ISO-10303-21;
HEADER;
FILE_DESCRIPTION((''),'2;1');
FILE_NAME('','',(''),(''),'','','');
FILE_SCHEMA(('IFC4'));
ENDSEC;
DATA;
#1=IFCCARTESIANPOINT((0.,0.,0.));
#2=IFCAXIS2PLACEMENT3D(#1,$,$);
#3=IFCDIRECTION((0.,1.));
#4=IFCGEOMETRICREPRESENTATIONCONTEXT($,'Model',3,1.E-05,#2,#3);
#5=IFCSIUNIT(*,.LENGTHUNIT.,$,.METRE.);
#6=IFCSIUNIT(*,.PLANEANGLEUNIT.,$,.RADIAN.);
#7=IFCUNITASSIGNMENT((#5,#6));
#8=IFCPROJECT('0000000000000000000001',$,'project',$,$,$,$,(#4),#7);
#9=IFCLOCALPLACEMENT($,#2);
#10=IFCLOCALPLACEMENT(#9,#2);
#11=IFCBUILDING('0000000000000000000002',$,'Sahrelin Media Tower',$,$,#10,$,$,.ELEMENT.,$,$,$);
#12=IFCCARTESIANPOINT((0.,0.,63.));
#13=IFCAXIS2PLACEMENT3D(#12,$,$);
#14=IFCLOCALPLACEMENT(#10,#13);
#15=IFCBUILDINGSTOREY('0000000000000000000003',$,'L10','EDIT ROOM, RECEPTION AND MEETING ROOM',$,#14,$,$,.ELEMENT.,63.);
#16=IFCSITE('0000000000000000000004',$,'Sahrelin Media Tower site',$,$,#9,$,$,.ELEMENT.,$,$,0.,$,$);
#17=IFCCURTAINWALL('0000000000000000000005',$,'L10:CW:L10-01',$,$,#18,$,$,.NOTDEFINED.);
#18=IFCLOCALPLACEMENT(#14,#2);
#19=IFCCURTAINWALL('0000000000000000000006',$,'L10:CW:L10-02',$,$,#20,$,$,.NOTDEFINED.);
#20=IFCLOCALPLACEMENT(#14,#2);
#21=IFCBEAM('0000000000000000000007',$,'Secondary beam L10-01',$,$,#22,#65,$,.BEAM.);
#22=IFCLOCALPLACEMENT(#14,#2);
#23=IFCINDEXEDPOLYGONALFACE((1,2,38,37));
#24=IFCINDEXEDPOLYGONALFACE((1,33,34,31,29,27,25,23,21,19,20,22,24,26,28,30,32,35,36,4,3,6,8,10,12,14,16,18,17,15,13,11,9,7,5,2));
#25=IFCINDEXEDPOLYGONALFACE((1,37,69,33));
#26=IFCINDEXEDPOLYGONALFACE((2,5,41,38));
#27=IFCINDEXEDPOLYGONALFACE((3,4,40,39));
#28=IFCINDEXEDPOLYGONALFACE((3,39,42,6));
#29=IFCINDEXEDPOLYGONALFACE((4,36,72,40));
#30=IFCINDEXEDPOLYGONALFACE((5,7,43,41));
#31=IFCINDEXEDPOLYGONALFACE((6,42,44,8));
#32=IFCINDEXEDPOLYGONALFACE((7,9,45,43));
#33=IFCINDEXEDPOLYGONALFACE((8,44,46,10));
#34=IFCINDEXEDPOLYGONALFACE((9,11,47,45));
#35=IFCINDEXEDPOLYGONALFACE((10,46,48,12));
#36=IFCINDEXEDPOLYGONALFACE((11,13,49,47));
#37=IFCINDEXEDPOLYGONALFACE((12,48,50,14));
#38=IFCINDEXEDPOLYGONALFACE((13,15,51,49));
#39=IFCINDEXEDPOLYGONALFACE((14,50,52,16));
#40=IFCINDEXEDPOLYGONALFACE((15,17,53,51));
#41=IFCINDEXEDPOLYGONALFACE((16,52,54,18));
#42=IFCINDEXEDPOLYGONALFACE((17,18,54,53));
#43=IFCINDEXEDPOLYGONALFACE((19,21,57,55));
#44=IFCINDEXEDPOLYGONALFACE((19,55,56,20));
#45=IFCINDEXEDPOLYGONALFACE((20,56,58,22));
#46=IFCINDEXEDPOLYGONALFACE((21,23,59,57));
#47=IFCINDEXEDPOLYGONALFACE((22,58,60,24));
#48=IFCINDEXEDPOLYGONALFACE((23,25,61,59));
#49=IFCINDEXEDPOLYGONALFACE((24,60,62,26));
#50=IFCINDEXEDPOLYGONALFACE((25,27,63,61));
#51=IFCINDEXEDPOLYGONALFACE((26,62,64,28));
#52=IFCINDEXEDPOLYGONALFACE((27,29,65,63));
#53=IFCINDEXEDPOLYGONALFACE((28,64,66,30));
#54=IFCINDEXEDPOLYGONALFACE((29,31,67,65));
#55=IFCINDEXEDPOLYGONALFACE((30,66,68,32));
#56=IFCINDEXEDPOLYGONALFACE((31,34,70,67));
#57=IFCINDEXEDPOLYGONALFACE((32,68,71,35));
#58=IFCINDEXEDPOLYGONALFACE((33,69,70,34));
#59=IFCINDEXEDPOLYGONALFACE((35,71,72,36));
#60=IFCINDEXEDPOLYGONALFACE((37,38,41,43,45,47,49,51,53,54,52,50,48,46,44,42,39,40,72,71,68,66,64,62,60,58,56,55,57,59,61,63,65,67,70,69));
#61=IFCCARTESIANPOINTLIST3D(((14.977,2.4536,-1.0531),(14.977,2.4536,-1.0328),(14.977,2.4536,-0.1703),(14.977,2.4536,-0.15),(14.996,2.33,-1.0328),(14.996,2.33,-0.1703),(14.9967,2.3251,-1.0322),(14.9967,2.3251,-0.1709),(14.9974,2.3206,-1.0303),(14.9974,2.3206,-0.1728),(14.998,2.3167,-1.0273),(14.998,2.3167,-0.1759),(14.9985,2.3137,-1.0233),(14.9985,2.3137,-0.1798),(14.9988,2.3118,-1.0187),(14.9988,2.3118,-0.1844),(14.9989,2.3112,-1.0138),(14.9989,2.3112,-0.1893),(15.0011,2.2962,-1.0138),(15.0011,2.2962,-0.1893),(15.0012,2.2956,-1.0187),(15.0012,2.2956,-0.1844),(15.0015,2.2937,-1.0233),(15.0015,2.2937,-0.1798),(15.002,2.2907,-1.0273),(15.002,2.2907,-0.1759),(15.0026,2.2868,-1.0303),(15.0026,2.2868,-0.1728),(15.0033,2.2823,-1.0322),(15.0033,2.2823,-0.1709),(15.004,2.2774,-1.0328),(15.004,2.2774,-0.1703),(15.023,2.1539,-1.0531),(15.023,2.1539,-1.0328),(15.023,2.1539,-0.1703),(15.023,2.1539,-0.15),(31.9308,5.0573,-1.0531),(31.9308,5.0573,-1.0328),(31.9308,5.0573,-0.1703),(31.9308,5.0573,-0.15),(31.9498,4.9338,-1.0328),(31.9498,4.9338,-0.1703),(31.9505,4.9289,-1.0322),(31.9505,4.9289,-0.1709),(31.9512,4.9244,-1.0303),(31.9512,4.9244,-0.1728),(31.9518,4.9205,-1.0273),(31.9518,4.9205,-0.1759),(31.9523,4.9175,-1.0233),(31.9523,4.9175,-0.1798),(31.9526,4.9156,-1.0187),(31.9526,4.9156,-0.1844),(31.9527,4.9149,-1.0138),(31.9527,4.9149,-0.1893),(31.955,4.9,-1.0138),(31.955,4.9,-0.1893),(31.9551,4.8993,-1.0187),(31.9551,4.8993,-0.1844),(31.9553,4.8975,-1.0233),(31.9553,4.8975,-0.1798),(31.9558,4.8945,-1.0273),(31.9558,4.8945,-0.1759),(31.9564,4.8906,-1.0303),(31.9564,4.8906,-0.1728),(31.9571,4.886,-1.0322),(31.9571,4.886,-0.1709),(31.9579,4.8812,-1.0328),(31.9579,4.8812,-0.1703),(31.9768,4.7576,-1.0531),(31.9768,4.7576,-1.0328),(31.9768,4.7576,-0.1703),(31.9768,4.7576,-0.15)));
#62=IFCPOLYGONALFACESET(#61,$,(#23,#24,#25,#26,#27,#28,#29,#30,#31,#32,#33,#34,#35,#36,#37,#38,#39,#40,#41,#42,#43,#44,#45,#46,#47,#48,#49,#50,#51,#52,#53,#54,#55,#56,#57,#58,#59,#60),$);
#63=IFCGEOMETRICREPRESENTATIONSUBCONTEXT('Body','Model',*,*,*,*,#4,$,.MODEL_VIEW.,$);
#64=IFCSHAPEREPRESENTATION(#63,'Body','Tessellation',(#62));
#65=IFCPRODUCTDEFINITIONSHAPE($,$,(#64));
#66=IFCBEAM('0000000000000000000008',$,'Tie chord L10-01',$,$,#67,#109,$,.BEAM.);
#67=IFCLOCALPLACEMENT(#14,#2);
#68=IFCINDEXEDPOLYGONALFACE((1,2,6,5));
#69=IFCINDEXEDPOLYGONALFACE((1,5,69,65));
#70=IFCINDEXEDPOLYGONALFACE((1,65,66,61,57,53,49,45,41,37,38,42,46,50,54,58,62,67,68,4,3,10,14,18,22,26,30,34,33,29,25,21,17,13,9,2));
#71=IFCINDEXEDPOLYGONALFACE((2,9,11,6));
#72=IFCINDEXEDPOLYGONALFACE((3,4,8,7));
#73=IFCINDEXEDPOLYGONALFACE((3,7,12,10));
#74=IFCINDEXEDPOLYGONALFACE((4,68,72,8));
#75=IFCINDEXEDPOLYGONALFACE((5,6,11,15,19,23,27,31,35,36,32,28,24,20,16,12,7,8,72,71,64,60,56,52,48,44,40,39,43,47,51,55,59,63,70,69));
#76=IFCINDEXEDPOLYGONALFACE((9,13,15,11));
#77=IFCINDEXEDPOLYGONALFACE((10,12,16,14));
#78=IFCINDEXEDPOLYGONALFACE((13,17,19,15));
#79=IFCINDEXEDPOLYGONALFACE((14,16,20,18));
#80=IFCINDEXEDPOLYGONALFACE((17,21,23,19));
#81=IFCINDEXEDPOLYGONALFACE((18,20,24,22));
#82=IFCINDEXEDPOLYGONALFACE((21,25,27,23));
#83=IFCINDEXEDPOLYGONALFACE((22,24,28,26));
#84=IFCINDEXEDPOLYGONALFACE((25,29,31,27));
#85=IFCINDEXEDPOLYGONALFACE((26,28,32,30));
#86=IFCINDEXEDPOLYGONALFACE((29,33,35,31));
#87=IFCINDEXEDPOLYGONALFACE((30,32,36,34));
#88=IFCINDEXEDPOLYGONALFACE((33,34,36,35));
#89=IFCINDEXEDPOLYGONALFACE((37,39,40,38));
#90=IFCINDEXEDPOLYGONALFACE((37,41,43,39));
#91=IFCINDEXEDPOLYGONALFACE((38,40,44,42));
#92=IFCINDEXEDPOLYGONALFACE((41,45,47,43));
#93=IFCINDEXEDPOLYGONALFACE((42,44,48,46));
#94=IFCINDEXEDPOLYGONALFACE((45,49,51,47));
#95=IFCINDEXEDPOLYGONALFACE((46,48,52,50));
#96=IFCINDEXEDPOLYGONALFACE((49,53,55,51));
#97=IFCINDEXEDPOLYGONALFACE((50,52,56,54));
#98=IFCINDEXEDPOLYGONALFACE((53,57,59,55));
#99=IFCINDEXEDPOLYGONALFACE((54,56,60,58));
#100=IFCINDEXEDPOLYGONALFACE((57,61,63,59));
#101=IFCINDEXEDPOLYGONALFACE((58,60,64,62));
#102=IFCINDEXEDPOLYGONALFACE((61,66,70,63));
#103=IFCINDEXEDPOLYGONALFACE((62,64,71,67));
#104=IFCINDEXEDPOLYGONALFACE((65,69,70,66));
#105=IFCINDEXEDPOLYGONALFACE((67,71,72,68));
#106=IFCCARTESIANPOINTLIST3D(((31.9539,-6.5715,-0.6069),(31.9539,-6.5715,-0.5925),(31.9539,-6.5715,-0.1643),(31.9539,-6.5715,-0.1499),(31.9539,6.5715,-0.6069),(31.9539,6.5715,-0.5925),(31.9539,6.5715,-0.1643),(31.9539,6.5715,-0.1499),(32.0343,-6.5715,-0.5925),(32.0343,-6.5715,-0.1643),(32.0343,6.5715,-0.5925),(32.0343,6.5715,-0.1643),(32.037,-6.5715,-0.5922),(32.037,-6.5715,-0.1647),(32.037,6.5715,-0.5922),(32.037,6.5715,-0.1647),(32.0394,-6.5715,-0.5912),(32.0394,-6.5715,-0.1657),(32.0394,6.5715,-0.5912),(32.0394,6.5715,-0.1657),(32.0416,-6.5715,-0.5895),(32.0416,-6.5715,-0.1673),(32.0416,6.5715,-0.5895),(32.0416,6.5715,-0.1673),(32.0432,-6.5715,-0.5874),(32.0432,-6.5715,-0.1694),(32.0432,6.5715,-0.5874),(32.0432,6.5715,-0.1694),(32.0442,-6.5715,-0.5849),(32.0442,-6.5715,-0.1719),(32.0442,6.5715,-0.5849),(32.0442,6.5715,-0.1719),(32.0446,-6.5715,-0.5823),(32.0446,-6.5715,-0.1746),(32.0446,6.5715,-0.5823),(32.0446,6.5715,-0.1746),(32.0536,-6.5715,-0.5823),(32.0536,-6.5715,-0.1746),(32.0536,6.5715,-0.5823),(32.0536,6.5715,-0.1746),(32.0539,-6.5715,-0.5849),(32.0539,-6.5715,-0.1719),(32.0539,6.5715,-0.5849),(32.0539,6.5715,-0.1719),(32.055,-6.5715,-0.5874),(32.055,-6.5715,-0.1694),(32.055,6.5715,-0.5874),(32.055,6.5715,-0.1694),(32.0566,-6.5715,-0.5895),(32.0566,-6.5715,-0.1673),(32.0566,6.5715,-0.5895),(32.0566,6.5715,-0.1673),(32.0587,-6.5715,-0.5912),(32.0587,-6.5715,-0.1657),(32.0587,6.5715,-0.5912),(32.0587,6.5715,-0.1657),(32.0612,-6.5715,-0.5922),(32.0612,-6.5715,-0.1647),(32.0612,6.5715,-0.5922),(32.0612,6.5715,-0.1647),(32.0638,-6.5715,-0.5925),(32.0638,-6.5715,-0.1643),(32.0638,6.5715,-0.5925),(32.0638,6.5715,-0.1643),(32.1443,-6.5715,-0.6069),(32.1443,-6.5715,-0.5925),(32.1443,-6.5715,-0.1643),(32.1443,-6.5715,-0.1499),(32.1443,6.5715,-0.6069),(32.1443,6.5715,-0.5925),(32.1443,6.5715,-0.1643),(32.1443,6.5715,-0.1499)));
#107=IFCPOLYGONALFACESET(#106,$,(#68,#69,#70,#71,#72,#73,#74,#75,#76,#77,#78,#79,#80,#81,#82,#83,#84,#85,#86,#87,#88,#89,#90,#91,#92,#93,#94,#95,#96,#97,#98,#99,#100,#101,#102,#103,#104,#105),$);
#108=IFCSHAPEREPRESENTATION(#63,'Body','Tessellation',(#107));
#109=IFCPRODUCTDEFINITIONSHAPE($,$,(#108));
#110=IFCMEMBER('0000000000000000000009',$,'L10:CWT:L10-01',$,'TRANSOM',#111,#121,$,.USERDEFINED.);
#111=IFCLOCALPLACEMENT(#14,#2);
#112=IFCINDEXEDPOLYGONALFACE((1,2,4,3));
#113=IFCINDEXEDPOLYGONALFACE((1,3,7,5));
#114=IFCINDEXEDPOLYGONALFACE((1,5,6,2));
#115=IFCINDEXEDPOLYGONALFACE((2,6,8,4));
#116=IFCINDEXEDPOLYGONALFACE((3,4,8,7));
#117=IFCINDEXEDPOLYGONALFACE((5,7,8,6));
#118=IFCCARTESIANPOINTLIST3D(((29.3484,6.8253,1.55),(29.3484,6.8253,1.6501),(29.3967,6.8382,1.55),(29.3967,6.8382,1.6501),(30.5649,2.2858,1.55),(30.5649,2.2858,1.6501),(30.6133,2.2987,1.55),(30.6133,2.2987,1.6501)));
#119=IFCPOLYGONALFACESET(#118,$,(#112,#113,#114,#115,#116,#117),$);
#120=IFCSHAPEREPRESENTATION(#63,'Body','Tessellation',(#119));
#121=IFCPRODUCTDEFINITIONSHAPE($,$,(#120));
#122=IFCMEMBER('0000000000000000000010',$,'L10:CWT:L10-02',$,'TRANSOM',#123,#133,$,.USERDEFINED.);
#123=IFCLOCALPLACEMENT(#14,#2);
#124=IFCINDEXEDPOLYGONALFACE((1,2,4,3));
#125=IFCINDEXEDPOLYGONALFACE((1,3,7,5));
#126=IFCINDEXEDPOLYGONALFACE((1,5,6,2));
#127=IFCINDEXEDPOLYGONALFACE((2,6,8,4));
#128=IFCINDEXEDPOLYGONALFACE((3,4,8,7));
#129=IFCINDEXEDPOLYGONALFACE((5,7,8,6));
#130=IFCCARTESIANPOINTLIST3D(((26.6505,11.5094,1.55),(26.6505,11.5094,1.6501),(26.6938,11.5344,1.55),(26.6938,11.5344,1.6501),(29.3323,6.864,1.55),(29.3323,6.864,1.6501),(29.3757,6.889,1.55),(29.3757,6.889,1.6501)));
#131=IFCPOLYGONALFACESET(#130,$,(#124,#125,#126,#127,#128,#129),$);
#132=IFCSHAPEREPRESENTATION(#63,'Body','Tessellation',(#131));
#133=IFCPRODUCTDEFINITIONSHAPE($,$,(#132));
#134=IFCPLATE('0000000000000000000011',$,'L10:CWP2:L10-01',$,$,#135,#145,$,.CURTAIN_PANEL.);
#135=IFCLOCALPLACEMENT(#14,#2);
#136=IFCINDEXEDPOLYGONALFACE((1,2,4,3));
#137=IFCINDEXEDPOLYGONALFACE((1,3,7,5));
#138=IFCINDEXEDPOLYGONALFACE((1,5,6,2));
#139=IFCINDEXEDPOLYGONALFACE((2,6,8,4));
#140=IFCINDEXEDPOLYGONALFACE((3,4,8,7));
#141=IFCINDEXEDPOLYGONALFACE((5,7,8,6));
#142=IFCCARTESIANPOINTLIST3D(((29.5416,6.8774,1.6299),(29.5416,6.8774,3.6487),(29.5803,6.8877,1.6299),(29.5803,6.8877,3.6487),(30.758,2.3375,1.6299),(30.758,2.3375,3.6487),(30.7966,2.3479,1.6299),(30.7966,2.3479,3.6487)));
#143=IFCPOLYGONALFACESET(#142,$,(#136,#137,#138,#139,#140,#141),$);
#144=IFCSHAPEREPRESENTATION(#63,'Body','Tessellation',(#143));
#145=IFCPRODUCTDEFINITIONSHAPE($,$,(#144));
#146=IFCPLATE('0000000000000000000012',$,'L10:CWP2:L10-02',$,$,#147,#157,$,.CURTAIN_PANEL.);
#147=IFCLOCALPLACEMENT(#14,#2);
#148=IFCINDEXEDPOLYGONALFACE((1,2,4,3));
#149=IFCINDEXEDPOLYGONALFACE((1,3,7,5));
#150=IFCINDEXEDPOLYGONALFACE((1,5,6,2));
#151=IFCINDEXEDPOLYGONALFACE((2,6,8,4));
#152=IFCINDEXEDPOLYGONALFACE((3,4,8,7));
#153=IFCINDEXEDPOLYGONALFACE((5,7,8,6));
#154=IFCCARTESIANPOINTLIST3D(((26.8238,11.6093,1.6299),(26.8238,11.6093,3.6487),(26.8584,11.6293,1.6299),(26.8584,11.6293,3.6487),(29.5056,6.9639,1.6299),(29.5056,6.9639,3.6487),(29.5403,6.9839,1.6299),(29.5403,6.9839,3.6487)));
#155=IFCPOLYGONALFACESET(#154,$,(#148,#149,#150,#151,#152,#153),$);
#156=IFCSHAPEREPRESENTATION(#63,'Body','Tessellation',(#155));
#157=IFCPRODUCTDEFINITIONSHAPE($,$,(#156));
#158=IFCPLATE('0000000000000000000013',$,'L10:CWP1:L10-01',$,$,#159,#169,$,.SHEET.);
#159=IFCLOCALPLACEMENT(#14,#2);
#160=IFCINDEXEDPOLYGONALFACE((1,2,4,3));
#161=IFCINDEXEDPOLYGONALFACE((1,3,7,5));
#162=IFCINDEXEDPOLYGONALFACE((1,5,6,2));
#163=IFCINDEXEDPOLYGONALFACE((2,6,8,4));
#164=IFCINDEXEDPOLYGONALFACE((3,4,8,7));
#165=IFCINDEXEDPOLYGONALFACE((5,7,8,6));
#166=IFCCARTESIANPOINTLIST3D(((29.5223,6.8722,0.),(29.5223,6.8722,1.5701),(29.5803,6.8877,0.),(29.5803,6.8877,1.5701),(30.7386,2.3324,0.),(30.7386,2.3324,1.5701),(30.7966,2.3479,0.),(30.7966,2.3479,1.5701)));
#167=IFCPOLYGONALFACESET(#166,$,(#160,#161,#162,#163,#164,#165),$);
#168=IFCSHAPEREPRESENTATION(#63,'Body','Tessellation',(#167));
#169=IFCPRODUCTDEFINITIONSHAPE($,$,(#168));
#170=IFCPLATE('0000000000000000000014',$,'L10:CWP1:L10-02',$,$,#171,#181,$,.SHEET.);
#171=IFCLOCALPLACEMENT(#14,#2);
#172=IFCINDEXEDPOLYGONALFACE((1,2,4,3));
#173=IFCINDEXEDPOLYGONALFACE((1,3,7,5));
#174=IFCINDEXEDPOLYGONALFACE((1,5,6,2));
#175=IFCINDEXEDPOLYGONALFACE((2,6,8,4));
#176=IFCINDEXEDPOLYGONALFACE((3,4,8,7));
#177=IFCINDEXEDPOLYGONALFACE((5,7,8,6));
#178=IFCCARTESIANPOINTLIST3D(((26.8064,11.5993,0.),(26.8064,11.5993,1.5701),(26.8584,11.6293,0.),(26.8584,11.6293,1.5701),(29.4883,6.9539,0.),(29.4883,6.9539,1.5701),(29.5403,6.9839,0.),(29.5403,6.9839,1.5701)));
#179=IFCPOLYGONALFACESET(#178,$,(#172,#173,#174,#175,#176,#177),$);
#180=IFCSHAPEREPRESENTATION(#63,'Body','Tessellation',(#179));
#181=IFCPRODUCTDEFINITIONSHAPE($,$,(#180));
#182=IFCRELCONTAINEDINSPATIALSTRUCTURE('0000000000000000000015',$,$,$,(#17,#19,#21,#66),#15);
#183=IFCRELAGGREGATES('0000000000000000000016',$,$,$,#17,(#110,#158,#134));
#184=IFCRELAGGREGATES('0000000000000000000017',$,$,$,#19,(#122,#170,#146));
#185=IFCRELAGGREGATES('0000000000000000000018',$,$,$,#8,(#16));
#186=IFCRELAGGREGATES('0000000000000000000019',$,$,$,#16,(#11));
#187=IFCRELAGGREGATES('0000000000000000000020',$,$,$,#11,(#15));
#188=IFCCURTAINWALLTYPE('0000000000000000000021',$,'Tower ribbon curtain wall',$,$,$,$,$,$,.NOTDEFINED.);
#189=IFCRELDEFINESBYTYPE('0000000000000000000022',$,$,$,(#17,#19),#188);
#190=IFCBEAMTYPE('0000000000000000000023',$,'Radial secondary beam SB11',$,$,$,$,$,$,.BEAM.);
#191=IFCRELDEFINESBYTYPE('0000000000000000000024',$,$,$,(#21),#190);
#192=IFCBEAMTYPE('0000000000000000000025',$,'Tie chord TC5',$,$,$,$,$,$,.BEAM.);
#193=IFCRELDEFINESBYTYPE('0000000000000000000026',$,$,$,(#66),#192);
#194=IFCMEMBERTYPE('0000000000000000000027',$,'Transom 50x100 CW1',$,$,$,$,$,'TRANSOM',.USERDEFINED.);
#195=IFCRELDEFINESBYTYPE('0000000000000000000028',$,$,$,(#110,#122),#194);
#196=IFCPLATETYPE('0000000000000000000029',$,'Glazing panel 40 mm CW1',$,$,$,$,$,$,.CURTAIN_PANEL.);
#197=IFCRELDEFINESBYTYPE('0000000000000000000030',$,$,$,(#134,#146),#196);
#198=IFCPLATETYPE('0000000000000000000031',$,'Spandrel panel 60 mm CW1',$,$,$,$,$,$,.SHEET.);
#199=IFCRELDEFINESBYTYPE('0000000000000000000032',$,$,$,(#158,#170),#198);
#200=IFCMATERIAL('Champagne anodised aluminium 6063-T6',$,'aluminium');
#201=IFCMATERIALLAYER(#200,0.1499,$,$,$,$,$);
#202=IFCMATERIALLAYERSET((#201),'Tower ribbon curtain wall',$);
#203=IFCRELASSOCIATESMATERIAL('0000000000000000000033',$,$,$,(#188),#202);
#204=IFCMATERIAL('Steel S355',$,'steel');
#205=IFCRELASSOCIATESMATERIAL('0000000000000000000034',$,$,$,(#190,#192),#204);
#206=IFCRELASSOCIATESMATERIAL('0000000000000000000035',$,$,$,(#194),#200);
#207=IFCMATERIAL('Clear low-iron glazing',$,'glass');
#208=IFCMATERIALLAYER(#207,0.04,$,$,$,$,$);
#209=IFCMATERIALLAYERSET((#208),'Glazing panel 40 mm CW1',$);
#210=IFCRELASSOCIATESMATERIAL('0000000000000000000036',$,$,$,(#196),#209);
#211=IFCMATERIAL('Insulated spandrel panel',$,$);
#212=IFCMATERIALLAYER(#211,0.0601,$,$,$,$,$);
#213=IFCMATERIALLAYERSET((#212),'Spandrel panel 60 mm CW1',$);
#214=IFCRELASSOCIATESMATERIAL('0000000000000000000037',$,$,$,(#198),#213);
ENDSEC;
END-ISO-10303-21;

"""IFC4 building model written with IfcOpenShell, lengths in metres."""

from ifc_helpers import new_model, si_unit, direction, frame, origin, origin_2d, place, context, subcontext, project, spatial, polyline, rectangle, i_section, outline, extrude, material, layer, layer_set, material_profile, profile_set, type_object, element, aggregate, save


model = new_model("IFC4")

# Units and contexts
model_context = context("Model", 3, precision=1e-05, world=origin(), true_north=direction((0.0, 1.0)))
body_context = subcontext(model_context, "Body", "Model", "MODEL_VIEW")
ifc_project = project(units=[si_unit("LENGTHUNIT", "METRE"), si_unit("PLANEANGLEUNIT", "RADIAN")], contexts=[model_context])

# Site, building, storey
site_placement = place(None, origin())
site = spatial("IfcSite", under=ifc_project, at=site_placement, Name="Sahrelin Media Tower site", CompositionType="ELEMENT", RefElevation=0.0)
building_placement = place(site_placement, origin())
building = spatial("IfcBuilding", under=site, at=building_placement, Name="Sahrelin Media Tower", CompositionType="ELEMENT")
storey_placement = place(building_placement, frame((0.0, 0.0, 63.0)))
storey = spatial("IfcBuildingStorey", under=building, at=storey_placement, Name="L10", Description="EDIT ROOM, RECEPTION AND MEETING ROOM", CompositionType="ELEMENT", Elevation=63.0)

# Shared definitions
ifc_material_1 = material(Name="Steel S355", Category="steel")

# Curtain walls
ifc_material_2 = material(Name="Champagne anodised aluminium 6063-T6", Category="aluminium")
ifc_layer_1 = layer(ifc_material_2, 0.1499)
ifc_layer_set_1 = layer_set([ifc_layer_1], Name="Tower ribbon curtain wall")
curtain_wall_type = type_object("IfcCurtainWallType", Name="Tower ribbon curtain wall", PredefinedType="NOTDEFINED", material=ifc_layer_set_1)
curtain_wall_1_placement = place(storey_placement, frame((30.1692, 4.6125, 0.0), z_axis=(0.0, 0.0, 1.0), x_axis=(1.0, 0.0, 0.0)))
curtain_wall_1 = element("IfcCurtainWall", 1, at=curtain_wall_1_placement, inside=storey, type_object=curtain_wall_type, Name="L10:CW:L10-01", PredefinedType="NOTDEFINED")
curtain_wall_2_placement = place(storey_placement, frame((28.1819, 9.2966, 0.0), z_axis=(0.0, 0.0, 1.0), x_axis=(1.0, 0.0, 0.0)))
curtain_wall_2 = element("IfcCurtainWall", 2, at=curtain_wall_2_placement, inside=storey, type_object=curtain_wall_type, Name="L10:CW:L10-02", PredefinedType="NOTDEFINED")

# Beams
ifc_material_profile_1 = material_profile(ifc_material_1, i_section(OverallWidth=0.3032, OverallDepth=0.9031, WebThickness=0.0151, FlangeThickness=0.0203, FilletRadius=0.019, at=origin_2d()), Name="UB 914x305x201")
ifc_profile_set_1 = profile_set([ifc_material_profile_1], Name="Steel S355")
beam_type_1 = type_object("IfcBeamType", Name="Radial secondary beam SB11", PredefinedType="BEAM", material=ifc_profile_set_1)
beam_1_placement = place(storey_placement, frame((15.0, 2.3037, -0.6016), z_axis=(0.988411, 0.151799, 0.0), x_axis=(-0.151799, 0.988411, 0.0)))
element("IfcBeam", 3, at=beam_1_placement, inside=storey, type_object=beam_type_1, Name="Secondary beam L10-01", PredefinedType="BEAM", context=body_context, shape_type="SweptSolid", body=[
    extrude(i_section(OverallWidth=0.3032, OverallDepth=0.9031, WebThickness=0.0151, FlangeThickness=0.0203, FilletRadius=0.019, at=origin_2d()), origin(), (0.0, 0.0, 1.0), 17.1526),
])
ifc_material_profile_2 = material_profile(ifc_material_1, i_section(OverallWidth=0.1904, OverallDepth=0.457, WebThickness=0.009, FlangeThickness=0.0144, FilletRadius=0.0103, at=origin_2d()), Name="UB 457x191x74")
ifc_profile_set_2 = profile_set([ifc_material_profile_2], Name="Steel S355")
beam_type_2 = type_object("IfcBeamType", Name="Tie chord TC5", PredefinedType="BEAM", material=ifc_profile_set_2)
beam_2_placement = place(storey_placement, frame((32.0491, 6.5715, -0.3784), z_axis=(0.0, -1.0, 0.0), x_axis=(1.0, 0.0, 0.0)))
element("IfcBeam", 4, at=beam_2_placement, inside=storey, type_object=beam_type_2, Name="Tie chord L10-01", PredefinedType="BEAM", context=body_context, shape_type="SweptSolid", body=[
    extrude(i_section(OverallWidth=0.1904, OverallDepth=0.457, WebThickness=0.009, FlangeThickness=0.0144, FilletRadius=0.0103, at=origin_2d()), origin(), (0.0, 0.0, 1.0), 13.1431),
])

# Members
ifc_material_profile_3 = material_profile(ifc_material_2, rectangle(XDim=0.05, YDim=0.1001, at=origin_2d()), Name="Transom 50x100")
ifc_profile_set_3 = profile_set([ifc_material_profile_3], Name="Champagne anodised aluminium 6063-T6")
member_type_1 = type_object("IfcMemberType", Name="Transom 50x100 CW1", ElementType="TRANSOM", PredefinedType="USERDEFINED", material=ifc_profile_set_3)
member_1_placement = place(storey_placement, frame((30.5891, 2.2922, 1.6001), z_axis=(-0.258856, 0.965916, 0.0), x_axis=(-0.965916, -0.258856, 0.0)))
member_1 = element("IfcMember", 5, at=member_1_placement, type_object=member_type_1, Name="L10:CWT:L10-01", ObjectType="TRANSOM", PredefinedType="USERDEFINED", context=body_context, shape_type="SweptSolid", body=[
    extrude(rectangle(XDim=0.05, YDim=0.1001, at=origin_2d()), origin(), (0.0, 0.0, 1.0), 4.6997),
])
member_2_placement = place(storey_placement, frame((29.354, 6.8765, 1.6001), z_axis=(-0.499972, 0.866042, 0.0), x_axis=(-0.866042, -0.499972, 0.0)))
member_2 = element("IfcMember", 6, at=member_2_placement, type_object=member_type_1, Name="L10:CWT:L10-02", ObjectType="TRANSOM", PredefinedType="USERDEFINED", context=body_context, shape_type="SweptSolid", body=[
    extrude(rectangle(XDim=0.05, YDim=0.1001, at=origin_2d()), origin(), (0.0, 0.0, 1.0), 5.364),
])

# Plates
ifc_material_3 = material(Name="Clear low-iron glazing", Category="glass")
ifc_layer_2 = layer(ifc_material_3, 0.04)
ifc_layer_set_2 = layer_set([ifc_layer_2], Name="Glazing panel 40 mm CW1")
plate_type_1 = type_object("IfcPlateType", Name="Glazing panel 40 mm CW1", PredefinedType="CURTAIN_PANEL", material=ifc_layer_set_2)
plate_1_placement = place(storey_placement, frame((30.7966, 2.3479, 1.6299), z_axis=(0.965933, 0.258794, 0.0), x_axis=(-0.258794, 0.965933, 0.0)))
plate_1 = element("IfcPlate", 7, at=plate_1_placement, type_object=plate_type_1, Name="L10:CWP2:L10-01", PredefinedType="CURTAIN_PANEL", context=body_context, shape_type="SweptSolid", body=[
    extrude(outline(polyline([(0.0, 0.0), (4.7, 0.0), (4.7, 2.0188), (0.0, 2.0188), (0.0, 0.0)])), origin(), (0.0, 0.0, -1.0), 0.04),
])
plate_2_placement = place(storey_placement, frame((29.5403, 6.9839, 1.6299), z_axis=(0.866042, 0.499972, 0.0), x_axis=(-0.499972, 0.866042, 0.0)))
plate_2 = element("IfcPlate", 8, at=plate_2_placement, type_object=plate_type_1, Name="L10:CWP2:L10-02", PredefinedType="CURTAIN_PANEL", context=body_context, shape_type="SweptSolid", body=[
    extrude(outline(polyline([(0.0, 0.0), (5.364, 0.0), (5.364, 2.0188), (0.0, 2.0188), (0.0, 0.0)])), origin(), (0.0, 0.0, -1.0), 0.04),
])
ifc_material_4 = material(Name="Insulated spandrel panel")
ifc_layer_3 = layer(ifc_material_4, 0.0601)
ifc_layer_set_3 = layer_set([ifc_layer_3], Name="Spandrel panel 60 mm CW1")
plate_type_2 = type_object("IfcPlateType", Name="Spandrel panel 60 mm CW1", PredefinedType="SHEET", material=ifc_layer_set_3)
plate_3_placement = place(storey_placement, frame((30.7966, 2.3479, 0.0), z_axis=(0.965933, 0.258794, 0.0), x_axis=(-0.258794, 0.965933, 0.0)))
plate_3 = element("IfcPlate", 9, at=plate_3_placement, type_object=plate_type_2, Name="L10:CWP1:L10-01", PredefinedType="SHEET", context=body_context, shape_type="SweptSolid", body=[
    extrude(outline(polyline([(0.0, 0.0), (4.7, 0.0), (4.7, 1.5701), (0.0, 1.5701), (0.0, 0.0)])), origin(), (0.0, 0.0, -1.0), 0.0601),
])
aggregate(curtain_wall_1, [member_1, plate_3, plate_1])
plate_4_placement = place(storey_placement, frame((29.5403, 6.9839, 0.0), z_axis=(0.866042, 0.499972, 0.0), x_axis=(-0.499972, 0.866042, 0.0)))
plate_4 = element("IfcPlate", 10, at=plate_4_placement, type_object=plate_type_2, Name="L10:CWP1:L10-02", PredefinedType="SHEET", context=body_context, shape_type="SweptSolid", body=[
    extrude(outline(polyline([(0.0, 0.0), (5.364, 0.0), (5.364, 1.5701), (0.0, 1.5701), (0.0, 0.0)])), origin(), (0.0, 0.0, -1.0), 0.0601),
])
aggregate(curtain_wall_2, [member_2, plate_4, plate_2])

save(model, "model.ifc")
